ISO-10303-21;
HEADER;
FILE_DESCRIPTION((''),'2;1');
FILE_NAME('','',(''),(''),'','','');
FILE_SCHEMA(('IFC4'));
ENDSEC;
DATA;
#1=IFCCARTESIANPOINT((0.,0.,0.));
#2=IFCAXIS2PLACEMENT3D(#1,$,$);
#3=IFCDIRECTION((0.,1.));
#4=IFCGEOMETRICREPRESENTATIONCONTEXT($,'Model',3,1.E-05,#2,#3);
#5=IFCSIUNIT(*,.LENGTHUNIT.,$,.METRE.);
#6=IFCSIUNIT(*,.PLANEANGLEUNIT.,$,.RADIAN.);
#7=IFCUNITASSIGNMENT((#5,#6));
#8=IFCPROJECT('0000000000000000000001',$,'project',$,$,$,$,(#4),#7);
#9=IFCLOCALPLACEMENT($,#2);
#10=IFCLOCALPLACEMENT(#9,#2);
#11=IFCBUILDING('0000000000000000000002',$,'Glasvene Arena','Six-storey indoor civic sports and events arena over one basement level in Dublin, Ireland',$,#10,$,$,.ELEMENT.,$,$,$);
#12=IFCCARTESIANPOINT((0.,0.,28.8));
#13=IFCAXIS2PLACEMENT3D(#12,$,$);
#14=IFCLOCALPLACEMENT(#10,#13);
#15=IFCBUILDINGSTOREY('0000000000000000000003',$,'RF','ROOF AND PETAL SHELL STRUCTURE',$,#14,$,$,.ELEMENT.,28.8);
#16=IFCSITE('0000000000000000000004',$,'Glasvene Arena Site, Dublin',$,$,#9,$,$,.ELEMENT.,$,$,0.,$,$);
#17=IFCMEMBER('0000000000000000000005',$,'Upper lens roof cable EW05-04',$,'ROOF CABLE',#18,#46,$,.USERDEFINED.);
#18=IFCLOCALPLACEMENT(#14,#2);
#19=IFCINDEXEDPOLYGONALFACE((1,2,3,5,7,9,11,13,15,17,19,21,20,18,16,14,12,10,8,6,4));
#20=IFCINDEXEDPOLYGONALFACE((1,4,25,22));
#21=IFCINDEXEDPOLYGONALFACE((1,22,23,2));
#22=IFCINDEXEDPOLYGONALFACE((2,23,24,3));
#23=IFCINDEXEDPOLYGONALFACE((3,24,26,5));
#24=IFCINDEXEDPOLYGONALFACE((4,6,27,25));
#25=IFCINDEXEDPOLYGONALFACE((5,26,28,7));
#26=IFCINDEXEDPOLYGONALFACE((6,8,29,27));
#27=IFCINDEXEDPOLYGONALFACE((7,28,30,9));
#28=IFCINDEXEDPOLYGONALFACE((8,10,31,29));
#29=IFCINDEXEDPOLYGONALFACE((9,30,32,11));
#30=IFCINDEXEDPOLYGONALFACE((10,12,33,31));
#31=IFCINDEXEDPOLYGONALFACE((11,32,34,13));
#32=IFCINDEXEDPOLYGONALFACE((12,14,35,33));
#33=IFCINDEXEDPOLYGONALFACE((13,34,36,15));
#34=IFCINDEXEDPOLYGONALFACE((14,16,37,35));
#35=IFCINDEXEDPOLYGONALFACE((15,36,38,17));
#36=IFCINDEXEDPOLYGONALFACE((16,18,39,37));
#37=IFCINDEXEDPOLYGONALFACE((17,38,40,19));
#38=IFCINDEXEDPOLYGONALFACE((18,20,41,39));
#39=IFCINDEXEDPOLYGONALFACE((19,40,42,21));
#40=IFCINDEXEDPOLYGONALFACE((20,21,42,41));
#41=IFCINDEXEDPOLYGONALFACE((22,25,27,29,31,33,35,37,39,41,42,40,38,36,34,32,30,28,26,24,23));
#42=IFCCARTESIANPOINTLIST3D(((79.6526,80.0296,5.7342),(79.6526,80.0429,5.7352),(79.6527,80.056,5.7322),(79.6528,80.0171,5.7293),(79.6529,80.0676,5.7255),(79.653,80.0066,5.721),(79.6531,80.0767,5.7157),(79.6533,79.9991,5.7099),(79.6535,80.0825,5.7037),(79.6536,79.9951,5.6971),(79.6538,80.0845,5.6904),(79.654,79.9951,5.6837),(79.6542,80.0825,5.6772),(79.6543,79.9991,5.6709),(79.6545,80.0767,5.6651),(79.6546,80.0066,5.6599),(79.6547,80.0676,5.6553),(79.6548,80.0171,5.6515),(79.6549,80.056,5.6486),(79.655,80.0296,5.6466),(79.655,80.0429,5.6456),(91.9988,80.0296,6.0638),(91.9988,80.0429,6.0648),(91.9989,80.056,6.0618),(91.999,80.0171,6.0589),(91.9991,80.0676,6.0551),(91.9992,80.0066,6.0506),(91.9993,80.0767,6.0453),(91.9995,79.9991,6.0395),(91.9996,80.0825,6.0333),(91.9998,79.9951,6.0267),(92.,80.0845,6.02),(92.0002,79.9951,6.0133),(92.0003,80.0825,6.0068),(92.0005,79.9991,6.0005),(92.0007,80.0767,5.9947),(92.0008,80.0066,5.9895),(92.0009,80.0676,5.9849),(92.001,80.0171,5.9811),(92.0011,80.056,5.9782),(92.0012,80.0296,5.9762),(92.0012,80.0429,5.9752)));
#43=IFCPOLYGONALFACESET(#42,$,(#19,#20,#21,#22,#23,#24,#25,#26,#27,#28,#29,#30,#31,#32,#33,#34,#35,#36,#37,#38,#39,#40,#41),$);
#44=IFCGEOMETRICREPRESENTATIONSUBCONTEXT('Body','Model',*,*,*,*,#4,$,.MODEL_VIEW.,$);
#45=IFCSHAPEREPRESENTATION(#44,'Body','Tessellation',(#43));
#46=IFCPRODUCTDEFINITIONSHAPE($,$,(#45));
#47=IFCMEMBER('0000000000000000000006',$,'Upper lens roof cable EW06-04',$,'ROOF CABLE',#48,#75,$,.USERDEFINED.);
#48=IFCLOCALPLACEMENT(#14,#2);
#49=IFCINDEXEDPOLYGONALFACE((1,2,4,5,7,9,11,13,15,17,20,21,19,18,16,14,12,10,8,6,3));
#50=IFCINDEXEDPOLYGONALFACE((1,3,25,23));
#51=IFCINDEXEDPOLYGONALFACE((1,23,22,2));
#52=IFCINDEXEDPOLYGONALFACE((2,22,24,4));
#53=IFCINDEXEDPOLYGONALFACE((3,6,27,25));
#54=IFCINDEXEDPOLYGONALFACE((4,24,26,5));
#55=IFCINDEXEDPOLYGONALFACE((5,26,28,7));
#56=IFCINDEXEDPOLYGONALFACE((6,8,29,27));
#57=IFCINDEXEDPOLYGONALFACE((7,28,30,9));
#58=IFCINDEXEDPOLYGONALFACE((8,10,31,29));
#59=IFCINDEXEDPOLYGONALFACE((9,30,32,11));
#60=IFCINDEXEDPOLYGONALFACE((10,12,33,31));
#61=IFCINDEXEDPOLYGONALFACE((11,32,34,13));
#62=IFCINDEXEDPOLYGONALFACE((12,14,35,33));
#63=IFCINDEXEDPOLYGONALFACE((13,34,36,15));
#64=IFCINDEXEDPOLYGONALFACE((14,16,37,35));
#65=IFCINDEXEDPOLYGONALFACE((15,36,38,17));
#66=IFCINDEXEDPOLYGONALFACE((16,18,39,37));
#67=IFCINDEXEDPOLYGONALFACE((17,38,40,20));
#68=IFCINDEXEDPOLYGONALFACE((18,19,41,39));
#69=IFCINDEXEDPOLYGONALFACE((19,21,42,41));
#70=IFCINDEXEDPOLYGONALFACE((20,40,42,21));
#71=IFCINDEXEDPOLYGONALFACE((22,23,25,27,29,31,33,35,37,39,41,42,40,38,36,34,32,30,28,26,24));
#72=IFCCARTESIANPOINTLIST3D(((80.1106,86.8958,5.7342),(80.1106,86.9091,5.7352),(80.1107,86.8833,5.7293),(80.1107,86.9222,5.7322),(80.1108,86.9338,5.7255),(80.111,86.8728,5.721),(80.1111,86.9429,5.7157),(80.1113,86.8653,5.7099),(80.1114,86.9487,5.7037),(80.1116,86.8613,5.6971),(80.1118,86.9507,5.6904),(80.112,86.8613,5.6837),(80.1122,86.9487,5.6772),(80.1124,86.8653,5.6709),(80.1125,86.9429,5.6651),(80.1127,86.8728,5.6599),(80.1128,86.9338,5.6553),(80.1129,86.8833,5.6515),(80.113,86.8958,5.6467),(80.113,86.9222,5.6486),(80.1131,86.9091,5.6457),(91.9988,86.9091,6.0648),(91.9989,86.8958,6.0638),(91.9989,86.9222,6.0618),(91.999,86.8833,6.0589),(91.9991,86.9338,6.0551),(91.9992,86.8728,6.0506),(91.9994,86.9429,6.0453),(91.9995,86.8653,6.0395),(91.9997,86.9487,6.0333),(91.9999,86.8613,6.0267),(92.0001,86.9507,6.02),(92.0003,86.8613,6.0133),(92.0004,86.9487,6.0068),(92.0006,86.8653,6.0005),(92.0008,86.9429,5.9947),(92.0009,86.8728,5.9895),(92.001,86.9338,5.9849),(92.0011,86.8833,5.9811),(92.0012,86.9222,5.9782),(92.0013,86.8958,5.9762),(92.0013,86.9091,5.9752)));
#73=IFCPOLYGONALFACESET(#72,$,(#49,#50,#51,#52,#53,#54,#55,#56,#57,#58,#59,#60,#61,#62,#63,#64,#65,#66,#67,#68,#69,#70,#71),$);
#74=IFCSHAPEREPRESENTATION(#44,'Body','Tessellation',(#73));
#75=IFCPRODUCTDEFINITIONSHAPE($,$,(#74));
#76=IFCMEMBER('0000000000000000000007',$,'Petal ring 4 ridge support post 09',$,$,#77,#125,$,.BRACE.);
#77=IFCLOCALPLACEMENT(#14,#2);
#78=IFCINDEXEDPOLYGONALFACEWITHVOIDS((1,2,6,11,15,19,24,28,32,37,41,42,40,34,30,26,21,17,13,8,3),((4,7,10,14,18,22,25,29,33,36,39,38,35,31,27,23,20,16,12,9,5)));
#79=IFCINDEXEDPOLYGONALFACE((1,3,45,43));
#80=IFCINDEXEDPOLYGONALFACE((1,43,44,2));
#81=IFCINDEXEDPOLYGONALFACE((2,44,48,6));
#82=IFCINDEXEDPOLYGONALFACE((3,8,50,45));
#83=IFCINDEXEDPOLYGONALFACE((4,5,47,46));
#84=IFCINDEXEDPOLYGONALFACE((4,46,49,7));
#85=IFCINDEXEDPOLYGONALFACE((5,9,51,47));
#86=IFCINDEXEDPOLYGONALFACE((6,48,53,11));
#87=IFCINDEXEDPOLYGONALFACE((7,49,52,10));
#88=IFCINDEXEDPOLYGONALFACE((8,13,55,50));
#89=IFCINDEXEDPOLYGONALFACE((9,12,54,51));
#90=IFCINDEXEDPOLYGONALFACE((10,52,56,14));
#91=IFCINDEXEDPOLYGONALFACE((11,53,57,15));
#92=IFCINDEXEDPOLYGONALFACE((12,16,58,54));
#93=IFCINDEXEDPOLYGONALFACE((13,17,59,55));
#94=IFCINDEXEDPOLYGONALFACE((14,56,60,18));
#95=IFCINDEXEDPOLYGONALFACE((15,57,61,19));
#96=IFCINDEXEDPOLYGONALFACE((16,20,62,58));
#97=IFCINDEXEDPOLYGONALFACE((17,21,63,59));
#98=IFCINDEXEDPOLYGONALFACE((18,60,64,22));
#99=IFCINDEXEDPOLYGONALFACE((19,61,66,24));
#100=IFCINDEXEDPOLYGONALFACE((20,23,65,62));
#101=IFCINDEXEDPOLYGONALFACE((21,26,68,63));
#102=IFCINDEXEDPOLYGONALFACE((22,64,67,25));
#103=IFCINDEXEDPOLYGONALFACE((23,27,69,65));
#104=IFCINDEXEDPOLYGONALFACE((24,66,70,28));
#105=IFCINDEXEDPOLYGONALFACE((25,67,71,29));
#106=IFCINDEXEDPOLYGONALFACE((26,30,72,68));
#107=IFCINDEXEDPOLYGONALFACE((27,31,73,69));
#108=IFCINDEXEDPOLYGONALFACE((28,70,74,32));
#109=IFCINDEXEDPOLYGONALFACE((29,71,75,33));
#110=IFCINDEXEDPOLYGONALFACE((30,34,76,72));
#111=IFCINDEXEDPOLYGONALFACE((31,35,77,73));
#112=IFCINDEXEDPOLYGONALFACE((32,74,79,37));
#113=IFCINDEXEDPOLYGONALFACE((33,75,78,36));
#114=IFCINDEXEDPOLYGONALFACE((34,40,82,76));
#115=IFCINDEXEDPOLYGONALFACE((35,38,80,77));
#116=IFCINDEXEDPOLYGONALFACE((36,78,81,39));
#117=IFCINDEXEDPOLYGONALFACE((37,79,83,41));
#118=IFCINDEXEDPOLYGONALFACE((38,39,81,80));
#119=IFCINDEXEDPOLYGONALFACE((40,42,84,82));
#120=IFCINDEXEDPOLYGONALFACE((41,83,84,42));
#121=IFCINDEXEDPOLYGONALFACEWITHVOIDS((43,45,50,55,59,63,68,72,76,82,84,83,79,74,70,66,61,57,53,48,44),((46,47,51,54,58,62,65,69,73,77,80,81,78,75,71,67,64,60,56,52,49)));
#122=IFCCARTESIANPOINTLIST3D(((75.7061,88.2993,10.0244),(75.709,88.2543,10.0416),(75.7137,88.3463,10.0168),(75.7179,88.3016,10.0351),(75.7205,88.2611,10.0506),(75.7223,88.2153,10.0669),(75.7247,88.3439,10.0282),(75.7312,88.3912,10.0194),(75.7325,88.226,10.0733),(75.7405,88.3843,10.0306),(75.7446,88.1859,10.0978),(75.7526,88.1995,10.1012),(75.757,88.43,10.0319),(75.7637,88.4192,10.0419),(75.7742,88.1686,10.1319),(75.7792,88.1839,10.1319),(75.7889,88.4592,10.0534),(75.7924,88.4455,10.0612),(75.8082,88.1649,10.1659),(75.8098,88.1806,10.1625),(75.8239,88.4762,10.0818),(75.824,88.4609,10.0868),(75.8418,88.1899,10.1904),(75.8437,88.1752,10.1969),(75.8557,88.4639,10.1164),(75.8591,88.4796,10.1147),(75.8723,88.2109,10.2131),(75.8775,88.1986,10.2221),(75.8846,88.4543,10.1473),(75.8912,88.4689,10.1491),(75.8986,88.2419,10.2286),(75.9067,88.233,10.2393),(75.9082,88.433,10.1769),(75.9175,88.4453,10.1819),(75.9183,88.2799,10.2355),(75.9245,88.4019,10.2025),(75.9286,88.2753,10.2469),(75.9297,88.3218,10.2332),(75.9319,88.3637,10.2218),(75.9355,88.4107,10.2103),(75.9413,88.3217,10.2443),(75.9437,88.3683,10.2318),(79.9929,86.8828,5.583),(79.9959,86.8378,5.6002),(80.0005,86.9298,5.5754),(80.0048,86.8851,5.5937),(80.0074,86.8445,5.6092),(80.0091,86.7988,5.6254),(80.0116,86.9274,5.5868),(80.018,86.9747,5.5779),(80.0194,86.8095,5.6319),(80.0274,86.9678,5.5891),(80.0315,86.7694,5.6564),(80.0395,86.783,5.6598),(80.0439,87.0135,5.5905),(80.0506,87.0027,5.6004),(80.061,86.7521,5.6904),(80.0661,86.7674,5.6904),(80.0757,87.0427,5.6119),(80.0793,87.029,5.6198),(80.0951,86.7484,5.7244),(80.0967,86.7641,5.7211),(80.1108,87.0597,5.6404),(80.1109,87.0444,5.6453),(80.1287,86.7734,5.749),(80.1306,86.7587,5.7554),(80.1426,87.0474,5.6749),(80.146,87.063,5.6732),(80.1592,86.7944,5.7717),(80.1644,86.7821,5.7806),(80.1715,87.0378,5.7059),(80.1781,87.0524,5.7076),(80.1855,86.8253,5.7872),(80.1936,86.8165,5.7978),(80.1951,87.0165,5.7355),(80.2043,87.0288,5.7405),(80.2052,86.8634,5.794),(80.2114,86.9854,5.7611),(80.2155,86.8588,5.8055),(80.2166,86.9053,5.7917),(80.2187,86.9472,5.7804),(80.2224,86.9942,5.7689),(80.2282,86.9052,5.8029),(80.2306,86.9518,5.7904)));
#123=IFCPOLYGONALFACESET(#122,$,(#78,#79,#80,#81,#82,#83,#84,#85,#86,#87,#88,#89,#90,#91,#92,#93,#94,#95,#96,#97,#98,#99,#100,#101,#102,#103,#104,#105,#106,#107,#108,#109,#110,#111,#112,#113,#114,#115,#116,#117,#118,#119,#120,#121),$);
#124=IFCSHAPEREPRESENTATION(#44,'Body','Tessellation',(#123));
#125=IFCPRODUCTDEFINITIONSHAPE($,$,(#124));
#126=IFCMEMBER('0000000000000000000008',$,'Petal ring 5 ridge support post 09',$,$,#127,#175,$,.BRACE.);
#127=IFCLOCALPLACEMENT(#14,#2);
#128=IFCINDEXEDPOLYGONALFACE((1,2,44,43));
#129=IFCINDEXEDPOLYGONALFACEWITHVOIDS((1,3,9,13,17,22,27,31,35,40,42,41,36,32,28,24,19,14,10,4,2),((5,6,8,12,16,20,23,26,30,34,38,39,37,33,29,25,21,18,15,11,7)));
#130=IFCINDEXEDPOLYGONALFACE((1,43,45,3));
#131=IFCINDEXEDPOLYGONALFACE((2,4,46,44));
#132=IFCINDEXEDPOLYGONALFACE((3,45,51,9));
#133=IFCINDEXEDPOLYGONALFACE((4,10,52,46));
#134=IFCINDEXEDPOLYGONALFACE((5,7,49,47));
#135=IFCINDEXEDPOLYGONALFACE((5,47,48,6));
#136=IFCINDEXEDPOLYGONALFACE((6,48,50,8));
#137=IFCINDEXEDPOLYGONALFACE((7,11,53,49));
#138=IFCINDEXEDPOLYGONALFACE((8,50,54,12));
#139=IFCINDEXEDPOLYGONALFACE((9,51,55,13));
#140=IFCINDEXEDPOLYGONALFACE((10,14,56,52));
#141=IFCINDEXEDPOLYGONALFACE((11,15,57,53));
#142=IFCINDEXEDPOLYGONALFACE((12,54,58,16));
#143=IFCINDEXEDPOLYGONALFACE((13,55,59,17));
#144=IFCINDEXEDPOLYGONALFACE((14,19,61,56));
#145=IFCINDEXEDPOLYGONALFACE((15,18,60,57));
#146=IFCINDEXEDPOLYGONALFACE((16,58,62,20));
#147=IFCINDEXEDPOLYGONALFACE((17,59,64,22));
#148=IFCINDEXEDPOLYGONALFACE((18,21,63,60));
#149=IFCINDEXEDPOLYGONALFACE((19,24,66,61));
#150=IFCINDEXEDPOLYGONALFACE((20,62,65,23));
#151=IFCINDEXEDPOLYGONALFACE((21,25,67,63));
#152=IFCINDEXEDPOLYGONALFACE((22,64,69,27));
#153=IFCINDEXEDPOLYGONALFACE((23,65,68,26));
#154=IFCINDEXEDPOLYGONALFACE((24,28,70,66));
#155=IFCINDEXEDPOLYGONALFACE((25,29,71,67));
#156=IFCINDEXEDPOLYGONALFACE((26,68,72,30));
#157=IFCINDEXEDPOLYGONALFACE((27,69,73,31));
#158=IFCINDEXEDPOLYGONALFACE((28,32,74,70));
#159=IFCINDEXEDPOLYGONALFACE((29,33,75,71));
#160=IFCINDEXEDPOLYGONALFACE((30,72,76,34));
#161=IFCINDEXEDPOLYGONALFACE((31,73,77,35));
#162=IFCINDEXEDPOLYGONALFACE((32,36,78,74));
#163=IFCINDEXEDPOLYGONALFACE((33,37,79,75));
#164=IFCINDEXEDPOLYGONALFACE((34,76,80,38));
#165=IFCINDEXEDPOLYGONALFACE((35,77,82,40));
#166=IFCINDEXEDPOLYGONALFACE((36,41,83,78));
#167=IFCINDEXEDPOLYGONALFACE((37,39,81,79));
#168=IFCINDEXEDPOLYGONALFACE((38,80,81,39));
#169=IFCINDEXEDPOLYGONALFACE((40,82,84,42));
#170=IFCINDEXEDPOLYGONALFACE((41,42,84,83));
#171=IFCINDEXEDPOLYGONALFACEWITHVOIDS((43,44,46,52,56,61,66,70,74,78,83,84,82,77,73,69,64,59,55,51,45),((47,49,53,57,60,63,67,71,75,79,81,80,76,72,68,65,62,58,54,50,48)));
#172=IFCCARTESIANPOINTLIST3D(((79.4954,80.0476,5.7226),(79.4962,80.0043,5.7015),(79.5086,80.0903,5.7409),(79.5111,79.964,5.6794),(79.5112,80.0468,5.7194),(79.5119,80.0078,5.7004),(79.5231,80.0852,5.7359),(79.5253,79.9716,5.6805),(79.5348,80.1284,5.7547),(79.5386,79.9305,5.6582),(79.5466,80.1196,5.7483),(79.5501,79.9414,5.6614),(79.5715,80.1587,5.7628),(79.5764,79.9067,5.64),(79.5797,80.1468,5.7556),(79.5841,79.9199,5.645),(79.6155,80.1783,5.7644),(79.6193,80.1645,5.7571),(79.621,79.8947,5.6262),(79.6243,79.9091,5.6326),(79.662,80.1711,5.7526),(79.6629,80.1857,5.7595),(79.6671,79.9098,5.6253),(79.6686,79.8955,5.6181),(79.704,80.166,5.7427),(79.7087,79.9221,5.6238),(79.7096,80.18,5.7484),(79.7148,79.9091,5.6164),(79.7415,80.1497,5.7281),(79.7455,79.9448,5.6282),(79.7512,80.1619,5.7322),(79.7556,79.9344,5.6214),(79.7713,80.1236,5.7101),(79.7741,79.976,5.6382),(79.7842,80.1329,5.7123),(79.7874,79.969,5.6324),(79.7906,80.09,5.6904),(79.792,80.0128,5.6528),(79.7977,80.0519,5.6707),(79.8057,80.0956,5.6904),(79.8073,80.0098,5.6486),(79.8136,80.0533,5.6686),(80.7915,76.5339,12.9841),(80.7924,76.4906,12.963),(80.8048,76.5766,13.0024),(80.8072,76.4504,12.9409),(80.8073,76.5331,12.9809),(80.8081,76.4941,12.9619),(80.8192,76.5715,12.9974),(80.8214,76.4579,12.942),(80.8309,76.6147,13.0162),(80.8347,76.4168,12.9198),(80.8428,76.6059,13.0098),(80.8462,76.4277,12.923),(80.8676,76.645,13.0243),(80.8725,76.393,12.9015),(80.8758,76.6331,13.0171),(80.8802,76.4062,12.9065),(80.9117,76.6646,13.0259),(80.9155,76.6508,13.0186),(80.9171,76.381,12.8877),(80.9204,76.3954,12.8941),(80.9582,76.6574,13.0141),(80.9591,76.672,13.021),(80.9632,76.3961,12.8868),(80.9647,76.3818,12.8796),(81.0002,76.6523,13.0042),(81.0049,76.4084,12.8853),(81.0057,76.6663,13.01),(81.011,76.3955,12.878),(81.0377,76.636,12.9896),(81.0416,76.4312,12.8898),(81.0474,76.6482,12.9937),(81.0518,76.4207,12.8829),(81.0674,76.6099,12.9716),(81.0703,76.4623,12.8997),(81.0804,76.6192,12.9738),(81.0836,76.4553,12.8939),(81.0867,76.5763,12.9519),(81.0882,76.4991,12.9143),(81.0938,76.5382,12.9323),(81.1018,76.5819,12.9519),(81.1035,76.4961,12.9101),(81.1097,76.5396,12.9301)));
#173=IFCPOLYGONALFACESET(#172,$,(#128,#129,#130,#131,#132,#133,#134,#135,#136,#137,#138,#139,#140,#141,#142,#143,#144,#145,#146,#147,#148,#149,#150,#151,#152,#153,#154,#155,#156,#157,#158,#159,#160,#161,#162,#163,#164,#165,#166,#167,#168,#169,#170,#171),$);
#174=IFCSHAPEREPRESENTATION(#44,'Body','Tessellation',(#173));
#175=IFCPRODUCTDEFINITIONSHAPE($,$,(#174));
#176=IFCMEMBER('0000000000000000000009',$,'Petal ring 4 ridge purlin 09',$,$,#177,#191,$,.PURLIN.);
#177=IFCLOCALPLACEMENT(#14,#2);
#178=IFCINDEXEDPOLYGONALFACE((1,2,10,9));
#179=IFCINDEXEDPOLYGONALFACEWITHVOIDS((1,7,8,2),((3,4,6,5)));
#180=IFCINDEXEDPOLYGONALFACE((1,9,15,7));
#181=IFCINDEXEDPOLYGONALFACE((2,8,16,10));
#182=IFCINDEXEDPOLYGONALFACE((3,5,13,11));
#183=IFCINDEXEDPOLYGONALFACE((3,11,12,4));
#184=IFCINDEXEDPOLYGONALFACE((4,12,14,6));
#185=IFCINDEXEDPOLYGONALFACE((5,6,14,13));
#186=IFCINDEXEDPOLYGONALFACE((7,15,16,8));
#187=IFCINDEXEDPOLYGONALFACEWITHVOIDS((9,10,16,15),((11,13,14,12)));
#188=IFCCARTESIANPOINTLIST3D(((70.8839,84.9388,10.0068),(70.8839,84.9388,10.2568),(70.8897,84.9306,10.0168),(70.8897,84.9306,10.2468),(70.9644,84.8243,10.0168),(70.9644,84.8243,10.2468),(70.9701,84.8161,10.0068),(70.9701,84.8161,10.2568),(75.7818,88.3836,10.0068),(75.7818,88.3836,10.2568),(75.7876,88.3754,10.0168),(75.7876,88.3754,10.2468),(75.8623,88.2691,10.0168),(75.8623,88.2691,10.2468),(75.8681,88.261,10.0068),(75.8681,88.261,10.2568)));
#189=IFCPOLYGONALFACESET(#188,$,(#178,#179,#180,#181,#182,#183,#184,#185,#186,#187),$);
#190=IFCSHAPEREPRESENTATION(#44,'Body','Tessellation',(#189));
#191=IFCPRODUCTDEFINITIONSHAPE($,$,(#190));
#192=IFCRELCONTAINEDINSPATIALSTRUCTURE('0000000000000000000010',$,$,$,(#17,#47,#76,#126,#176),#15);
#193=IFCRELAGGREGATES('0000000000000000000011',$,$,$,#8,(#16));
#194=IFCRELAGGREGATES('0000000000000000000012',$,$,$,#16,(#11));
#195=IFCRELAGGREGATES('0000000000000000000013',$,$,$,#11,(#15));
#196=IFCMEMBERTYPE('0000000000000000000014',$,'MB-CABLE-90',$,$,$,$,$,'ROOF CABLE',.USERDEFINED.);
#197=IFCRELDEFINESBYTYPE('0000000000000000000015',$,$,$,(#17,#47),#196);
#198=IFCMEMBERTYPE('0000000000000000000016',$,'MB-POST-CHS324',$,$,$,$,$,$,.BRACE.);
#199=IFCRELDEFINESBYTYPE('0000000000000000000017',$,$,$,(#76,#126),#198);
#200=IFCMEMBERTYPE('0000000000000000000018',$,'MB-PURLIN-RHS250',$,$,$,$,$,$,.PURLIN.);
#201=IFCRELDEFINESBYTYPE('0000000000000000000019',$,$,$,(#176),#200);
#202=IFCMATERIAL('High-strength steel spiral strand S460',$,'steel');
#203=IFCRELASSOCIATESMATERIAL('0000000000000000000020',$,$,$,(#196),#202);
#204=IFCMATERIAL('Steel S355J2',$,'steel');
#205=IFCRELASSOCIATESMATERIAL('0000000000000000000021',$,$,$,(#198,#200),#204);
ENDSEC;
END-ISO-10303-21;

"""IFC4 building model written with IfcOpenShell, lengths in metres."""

from ifc_helpers import new_model, si_unit, direction, frame, origin, origin_2d, place, context, subcontext, project, spatial, hollow_rectangle, circle, hollow_circle, extrude, material, material_profile, profile_set, type_object, element, save


model = new_model("IFC4")

# Units and contexts
model_context = context("Model", 3, precision=1e-05, world=origin(), true_north=direction((0.0, 1.0)))
body_context = subcontext(model_context, "Body", "Model", "MODEL_VIEW")
ifc_project = project(units=[si_unit("LENGTHUNIT", "METRE"), si_unit("PLANEANGLEUNIT", "RADIAN")], contexts=[model_context])

# Site, building, storey
site_placement = place(None, origin())
site = spatial("IfcSite", under=ifc_project, at=site_placement, Name="Glasvene Arena Site, Dublin", CompositionType="ELEMENT", RefElevation=0.0)
building_placement = place(site_placement, origin())
building = spatial("IfcBuilding", under=site, at=building_placement, Name="Glasvene Arena", Description="Six-storey indoor civic sports and events arena over one basement level in Dublin, Ireland", CompositionType="ELEMENT")
storey_placement = place(building_placement, frame((0.0, 0.0, 28.8)))
storey = spatial("IfcBuildingStorey", under=building, at=storey_placement, Name="RF", Description="ROOF AND PETAL SHELL STRUCTURE", CompositionType="ELEMENT", Elevation=28.8)

# Shared definitions
ifc_material_1 = material(Name="Steel S355J2", Category="steel")

# Members
ifc_material_2 = material(Name="High-strength steel spiral strand S460", Category="steel")
ifc_material_profile_1 = material_profile(ifc_material_2, circle(Radius=0.0449, at=origin_2d()), Name="LCSS D90")
ifc_profile_set_1 = profile_set([ifc_material_profile_1], Name="High-strength steel spiral strand S460")
member_type_1 = type_object("IfcMemberType", Name="MB-CABLE-90", ElementType="ROOF CABLE", PredefinedType="USERDEFINED", material=ifc_profile_set_1)
member_1_placement = place(storey_placement, frame((79.6538, 80.0396, 5.6904), z_axis=(0.999644, 0.0, 0.026686), x_axis=(0.0, 1.0, 0.0)))
element("IfcMember", 1, at=member_1_placement, inside=storey, type_object=member_type_1, Name="Upper lens roof cable EW05-04", ObjectType="ROOF CABLE", PredefinedType="USERDEFINED", context=body_context, shape_type="SweptSolid", body=[
    extrude(circle(Radius=0.0449, at=origin_2d()), origin(), (0.0, 0.0, 1.0), 12.3506),
])
member_2_placement = place(storey_placement, frame((80.1118, 86.9058, 5.6904), z_axis=(0.999616, 0.0, 0.027714), x_axis=(0.0, 1.0, 0.0)))
element("IfcMember", 2, at=member_2_placement, inside=storey, type_object=member_type_1, Name="Upper lens roof cable EW06-04", ObjectType="ROOF CABLE", PredefinedType="USERDEFINED", context=body_context, shape_type="SweptSolid", body=[
    extrude(circle(Radius=0.0449, at=origin_2d()), origin(), (0.0, 0.0, 1.0), 11.8928),
])
ifc_material_profile_2 = material_profile(ifc_material_1, hollow_circle(Radius=0.1619, WallThickness=0.0161, at=origin_2d()), Name="CHS 323.9x16.0")
ifc_profile_set_2 = profile_set([ifc_material_profile_2], Name="Steel S355J2")
member_type_2 = type_object("IfcMemberType", Name="MB-POST-CHS324", PredefinedType="BRACE", material=ifc_profile_set_2)
member_3_placement = place(storey_placement, frame((80.1118, 86.9058, 5.6904), z_axis=(-0.676885, 0.223662, 0.701286), x_axis=(-0.313745, -0.949507, 0.0)))
element("IfcMember", 3, at=member_3_placement, inside=storey, type_object=member_type_2, Name="Petal ring 4 ridge support post 09", PredefinedType="BRACE", context=body_context, shape_type="SweptSolid", body=[
    extrude(hollow_circle(Radius=0.1619, WallThickness=0.0161, at=origin_2d()), origin(), (0.0, 0.0, 1.0), 6.3333),
])
member_4_placement = place(storey_placement, frame((79.6538, 80.0396, 5.6904), z_axis=(0.158639, -0.430051, 0.888758), x_axis=(0.938202, 0.346089, 0.0)))
element("IfcMember", 4, at=member_4_placement, inside=storey, type_object=member_type_2, Name="Petal ring 5 ridge support post 09", PredefinedType="BRACE", context=body_context, shape_type="SweptSolid", body=[
    extrude(hollow_circle(Radius=0.1619, WallThickness=0.0161, at=origin_2d()), origin(), (0.0, 0.0, 1.0), 8.1704),
])
ifc_material_profile_3 = material_profile(ifc_material_1, hollow_rectangle(XDim=0.1499, YDim=0.25, WallThickness=0.01, at=origin_2d()), Name="RHS 250x150x10.0")
ifc_profile_set_3 = profile_set([ifc_material_profile_3], Name="Steel S355J2")
member_type_3 = type_object("IfcMemberType", Name="MB-PURLIN-RHS250", PredefinedType="PURLIN", material=ifc_profile_set_3)
member_5_placement = place(storey_placement, frame((75.825, 88.3223, 10.1318), z_axis=(-0.817954, -0.575283, 0.0), x_axis=(0.575283, -0.817954, 0.0)))
element("IfcMember", 5, at=member_5_placement, inside=storey, type_object=member_type_3, Name="Petal ring 4 ridge purlin 09", PredefinedType="PURLIN", context=body_context, shape_type="SweptSolid", body=[
    extrude(hollow_rectangle(XDim=0.1499, YDim=0.25, WallThickness=0.01, at=origin_2d()), origin(), (0.0, 0.0, 1.0), 5.988),
])

save(model, "model.ifc")
